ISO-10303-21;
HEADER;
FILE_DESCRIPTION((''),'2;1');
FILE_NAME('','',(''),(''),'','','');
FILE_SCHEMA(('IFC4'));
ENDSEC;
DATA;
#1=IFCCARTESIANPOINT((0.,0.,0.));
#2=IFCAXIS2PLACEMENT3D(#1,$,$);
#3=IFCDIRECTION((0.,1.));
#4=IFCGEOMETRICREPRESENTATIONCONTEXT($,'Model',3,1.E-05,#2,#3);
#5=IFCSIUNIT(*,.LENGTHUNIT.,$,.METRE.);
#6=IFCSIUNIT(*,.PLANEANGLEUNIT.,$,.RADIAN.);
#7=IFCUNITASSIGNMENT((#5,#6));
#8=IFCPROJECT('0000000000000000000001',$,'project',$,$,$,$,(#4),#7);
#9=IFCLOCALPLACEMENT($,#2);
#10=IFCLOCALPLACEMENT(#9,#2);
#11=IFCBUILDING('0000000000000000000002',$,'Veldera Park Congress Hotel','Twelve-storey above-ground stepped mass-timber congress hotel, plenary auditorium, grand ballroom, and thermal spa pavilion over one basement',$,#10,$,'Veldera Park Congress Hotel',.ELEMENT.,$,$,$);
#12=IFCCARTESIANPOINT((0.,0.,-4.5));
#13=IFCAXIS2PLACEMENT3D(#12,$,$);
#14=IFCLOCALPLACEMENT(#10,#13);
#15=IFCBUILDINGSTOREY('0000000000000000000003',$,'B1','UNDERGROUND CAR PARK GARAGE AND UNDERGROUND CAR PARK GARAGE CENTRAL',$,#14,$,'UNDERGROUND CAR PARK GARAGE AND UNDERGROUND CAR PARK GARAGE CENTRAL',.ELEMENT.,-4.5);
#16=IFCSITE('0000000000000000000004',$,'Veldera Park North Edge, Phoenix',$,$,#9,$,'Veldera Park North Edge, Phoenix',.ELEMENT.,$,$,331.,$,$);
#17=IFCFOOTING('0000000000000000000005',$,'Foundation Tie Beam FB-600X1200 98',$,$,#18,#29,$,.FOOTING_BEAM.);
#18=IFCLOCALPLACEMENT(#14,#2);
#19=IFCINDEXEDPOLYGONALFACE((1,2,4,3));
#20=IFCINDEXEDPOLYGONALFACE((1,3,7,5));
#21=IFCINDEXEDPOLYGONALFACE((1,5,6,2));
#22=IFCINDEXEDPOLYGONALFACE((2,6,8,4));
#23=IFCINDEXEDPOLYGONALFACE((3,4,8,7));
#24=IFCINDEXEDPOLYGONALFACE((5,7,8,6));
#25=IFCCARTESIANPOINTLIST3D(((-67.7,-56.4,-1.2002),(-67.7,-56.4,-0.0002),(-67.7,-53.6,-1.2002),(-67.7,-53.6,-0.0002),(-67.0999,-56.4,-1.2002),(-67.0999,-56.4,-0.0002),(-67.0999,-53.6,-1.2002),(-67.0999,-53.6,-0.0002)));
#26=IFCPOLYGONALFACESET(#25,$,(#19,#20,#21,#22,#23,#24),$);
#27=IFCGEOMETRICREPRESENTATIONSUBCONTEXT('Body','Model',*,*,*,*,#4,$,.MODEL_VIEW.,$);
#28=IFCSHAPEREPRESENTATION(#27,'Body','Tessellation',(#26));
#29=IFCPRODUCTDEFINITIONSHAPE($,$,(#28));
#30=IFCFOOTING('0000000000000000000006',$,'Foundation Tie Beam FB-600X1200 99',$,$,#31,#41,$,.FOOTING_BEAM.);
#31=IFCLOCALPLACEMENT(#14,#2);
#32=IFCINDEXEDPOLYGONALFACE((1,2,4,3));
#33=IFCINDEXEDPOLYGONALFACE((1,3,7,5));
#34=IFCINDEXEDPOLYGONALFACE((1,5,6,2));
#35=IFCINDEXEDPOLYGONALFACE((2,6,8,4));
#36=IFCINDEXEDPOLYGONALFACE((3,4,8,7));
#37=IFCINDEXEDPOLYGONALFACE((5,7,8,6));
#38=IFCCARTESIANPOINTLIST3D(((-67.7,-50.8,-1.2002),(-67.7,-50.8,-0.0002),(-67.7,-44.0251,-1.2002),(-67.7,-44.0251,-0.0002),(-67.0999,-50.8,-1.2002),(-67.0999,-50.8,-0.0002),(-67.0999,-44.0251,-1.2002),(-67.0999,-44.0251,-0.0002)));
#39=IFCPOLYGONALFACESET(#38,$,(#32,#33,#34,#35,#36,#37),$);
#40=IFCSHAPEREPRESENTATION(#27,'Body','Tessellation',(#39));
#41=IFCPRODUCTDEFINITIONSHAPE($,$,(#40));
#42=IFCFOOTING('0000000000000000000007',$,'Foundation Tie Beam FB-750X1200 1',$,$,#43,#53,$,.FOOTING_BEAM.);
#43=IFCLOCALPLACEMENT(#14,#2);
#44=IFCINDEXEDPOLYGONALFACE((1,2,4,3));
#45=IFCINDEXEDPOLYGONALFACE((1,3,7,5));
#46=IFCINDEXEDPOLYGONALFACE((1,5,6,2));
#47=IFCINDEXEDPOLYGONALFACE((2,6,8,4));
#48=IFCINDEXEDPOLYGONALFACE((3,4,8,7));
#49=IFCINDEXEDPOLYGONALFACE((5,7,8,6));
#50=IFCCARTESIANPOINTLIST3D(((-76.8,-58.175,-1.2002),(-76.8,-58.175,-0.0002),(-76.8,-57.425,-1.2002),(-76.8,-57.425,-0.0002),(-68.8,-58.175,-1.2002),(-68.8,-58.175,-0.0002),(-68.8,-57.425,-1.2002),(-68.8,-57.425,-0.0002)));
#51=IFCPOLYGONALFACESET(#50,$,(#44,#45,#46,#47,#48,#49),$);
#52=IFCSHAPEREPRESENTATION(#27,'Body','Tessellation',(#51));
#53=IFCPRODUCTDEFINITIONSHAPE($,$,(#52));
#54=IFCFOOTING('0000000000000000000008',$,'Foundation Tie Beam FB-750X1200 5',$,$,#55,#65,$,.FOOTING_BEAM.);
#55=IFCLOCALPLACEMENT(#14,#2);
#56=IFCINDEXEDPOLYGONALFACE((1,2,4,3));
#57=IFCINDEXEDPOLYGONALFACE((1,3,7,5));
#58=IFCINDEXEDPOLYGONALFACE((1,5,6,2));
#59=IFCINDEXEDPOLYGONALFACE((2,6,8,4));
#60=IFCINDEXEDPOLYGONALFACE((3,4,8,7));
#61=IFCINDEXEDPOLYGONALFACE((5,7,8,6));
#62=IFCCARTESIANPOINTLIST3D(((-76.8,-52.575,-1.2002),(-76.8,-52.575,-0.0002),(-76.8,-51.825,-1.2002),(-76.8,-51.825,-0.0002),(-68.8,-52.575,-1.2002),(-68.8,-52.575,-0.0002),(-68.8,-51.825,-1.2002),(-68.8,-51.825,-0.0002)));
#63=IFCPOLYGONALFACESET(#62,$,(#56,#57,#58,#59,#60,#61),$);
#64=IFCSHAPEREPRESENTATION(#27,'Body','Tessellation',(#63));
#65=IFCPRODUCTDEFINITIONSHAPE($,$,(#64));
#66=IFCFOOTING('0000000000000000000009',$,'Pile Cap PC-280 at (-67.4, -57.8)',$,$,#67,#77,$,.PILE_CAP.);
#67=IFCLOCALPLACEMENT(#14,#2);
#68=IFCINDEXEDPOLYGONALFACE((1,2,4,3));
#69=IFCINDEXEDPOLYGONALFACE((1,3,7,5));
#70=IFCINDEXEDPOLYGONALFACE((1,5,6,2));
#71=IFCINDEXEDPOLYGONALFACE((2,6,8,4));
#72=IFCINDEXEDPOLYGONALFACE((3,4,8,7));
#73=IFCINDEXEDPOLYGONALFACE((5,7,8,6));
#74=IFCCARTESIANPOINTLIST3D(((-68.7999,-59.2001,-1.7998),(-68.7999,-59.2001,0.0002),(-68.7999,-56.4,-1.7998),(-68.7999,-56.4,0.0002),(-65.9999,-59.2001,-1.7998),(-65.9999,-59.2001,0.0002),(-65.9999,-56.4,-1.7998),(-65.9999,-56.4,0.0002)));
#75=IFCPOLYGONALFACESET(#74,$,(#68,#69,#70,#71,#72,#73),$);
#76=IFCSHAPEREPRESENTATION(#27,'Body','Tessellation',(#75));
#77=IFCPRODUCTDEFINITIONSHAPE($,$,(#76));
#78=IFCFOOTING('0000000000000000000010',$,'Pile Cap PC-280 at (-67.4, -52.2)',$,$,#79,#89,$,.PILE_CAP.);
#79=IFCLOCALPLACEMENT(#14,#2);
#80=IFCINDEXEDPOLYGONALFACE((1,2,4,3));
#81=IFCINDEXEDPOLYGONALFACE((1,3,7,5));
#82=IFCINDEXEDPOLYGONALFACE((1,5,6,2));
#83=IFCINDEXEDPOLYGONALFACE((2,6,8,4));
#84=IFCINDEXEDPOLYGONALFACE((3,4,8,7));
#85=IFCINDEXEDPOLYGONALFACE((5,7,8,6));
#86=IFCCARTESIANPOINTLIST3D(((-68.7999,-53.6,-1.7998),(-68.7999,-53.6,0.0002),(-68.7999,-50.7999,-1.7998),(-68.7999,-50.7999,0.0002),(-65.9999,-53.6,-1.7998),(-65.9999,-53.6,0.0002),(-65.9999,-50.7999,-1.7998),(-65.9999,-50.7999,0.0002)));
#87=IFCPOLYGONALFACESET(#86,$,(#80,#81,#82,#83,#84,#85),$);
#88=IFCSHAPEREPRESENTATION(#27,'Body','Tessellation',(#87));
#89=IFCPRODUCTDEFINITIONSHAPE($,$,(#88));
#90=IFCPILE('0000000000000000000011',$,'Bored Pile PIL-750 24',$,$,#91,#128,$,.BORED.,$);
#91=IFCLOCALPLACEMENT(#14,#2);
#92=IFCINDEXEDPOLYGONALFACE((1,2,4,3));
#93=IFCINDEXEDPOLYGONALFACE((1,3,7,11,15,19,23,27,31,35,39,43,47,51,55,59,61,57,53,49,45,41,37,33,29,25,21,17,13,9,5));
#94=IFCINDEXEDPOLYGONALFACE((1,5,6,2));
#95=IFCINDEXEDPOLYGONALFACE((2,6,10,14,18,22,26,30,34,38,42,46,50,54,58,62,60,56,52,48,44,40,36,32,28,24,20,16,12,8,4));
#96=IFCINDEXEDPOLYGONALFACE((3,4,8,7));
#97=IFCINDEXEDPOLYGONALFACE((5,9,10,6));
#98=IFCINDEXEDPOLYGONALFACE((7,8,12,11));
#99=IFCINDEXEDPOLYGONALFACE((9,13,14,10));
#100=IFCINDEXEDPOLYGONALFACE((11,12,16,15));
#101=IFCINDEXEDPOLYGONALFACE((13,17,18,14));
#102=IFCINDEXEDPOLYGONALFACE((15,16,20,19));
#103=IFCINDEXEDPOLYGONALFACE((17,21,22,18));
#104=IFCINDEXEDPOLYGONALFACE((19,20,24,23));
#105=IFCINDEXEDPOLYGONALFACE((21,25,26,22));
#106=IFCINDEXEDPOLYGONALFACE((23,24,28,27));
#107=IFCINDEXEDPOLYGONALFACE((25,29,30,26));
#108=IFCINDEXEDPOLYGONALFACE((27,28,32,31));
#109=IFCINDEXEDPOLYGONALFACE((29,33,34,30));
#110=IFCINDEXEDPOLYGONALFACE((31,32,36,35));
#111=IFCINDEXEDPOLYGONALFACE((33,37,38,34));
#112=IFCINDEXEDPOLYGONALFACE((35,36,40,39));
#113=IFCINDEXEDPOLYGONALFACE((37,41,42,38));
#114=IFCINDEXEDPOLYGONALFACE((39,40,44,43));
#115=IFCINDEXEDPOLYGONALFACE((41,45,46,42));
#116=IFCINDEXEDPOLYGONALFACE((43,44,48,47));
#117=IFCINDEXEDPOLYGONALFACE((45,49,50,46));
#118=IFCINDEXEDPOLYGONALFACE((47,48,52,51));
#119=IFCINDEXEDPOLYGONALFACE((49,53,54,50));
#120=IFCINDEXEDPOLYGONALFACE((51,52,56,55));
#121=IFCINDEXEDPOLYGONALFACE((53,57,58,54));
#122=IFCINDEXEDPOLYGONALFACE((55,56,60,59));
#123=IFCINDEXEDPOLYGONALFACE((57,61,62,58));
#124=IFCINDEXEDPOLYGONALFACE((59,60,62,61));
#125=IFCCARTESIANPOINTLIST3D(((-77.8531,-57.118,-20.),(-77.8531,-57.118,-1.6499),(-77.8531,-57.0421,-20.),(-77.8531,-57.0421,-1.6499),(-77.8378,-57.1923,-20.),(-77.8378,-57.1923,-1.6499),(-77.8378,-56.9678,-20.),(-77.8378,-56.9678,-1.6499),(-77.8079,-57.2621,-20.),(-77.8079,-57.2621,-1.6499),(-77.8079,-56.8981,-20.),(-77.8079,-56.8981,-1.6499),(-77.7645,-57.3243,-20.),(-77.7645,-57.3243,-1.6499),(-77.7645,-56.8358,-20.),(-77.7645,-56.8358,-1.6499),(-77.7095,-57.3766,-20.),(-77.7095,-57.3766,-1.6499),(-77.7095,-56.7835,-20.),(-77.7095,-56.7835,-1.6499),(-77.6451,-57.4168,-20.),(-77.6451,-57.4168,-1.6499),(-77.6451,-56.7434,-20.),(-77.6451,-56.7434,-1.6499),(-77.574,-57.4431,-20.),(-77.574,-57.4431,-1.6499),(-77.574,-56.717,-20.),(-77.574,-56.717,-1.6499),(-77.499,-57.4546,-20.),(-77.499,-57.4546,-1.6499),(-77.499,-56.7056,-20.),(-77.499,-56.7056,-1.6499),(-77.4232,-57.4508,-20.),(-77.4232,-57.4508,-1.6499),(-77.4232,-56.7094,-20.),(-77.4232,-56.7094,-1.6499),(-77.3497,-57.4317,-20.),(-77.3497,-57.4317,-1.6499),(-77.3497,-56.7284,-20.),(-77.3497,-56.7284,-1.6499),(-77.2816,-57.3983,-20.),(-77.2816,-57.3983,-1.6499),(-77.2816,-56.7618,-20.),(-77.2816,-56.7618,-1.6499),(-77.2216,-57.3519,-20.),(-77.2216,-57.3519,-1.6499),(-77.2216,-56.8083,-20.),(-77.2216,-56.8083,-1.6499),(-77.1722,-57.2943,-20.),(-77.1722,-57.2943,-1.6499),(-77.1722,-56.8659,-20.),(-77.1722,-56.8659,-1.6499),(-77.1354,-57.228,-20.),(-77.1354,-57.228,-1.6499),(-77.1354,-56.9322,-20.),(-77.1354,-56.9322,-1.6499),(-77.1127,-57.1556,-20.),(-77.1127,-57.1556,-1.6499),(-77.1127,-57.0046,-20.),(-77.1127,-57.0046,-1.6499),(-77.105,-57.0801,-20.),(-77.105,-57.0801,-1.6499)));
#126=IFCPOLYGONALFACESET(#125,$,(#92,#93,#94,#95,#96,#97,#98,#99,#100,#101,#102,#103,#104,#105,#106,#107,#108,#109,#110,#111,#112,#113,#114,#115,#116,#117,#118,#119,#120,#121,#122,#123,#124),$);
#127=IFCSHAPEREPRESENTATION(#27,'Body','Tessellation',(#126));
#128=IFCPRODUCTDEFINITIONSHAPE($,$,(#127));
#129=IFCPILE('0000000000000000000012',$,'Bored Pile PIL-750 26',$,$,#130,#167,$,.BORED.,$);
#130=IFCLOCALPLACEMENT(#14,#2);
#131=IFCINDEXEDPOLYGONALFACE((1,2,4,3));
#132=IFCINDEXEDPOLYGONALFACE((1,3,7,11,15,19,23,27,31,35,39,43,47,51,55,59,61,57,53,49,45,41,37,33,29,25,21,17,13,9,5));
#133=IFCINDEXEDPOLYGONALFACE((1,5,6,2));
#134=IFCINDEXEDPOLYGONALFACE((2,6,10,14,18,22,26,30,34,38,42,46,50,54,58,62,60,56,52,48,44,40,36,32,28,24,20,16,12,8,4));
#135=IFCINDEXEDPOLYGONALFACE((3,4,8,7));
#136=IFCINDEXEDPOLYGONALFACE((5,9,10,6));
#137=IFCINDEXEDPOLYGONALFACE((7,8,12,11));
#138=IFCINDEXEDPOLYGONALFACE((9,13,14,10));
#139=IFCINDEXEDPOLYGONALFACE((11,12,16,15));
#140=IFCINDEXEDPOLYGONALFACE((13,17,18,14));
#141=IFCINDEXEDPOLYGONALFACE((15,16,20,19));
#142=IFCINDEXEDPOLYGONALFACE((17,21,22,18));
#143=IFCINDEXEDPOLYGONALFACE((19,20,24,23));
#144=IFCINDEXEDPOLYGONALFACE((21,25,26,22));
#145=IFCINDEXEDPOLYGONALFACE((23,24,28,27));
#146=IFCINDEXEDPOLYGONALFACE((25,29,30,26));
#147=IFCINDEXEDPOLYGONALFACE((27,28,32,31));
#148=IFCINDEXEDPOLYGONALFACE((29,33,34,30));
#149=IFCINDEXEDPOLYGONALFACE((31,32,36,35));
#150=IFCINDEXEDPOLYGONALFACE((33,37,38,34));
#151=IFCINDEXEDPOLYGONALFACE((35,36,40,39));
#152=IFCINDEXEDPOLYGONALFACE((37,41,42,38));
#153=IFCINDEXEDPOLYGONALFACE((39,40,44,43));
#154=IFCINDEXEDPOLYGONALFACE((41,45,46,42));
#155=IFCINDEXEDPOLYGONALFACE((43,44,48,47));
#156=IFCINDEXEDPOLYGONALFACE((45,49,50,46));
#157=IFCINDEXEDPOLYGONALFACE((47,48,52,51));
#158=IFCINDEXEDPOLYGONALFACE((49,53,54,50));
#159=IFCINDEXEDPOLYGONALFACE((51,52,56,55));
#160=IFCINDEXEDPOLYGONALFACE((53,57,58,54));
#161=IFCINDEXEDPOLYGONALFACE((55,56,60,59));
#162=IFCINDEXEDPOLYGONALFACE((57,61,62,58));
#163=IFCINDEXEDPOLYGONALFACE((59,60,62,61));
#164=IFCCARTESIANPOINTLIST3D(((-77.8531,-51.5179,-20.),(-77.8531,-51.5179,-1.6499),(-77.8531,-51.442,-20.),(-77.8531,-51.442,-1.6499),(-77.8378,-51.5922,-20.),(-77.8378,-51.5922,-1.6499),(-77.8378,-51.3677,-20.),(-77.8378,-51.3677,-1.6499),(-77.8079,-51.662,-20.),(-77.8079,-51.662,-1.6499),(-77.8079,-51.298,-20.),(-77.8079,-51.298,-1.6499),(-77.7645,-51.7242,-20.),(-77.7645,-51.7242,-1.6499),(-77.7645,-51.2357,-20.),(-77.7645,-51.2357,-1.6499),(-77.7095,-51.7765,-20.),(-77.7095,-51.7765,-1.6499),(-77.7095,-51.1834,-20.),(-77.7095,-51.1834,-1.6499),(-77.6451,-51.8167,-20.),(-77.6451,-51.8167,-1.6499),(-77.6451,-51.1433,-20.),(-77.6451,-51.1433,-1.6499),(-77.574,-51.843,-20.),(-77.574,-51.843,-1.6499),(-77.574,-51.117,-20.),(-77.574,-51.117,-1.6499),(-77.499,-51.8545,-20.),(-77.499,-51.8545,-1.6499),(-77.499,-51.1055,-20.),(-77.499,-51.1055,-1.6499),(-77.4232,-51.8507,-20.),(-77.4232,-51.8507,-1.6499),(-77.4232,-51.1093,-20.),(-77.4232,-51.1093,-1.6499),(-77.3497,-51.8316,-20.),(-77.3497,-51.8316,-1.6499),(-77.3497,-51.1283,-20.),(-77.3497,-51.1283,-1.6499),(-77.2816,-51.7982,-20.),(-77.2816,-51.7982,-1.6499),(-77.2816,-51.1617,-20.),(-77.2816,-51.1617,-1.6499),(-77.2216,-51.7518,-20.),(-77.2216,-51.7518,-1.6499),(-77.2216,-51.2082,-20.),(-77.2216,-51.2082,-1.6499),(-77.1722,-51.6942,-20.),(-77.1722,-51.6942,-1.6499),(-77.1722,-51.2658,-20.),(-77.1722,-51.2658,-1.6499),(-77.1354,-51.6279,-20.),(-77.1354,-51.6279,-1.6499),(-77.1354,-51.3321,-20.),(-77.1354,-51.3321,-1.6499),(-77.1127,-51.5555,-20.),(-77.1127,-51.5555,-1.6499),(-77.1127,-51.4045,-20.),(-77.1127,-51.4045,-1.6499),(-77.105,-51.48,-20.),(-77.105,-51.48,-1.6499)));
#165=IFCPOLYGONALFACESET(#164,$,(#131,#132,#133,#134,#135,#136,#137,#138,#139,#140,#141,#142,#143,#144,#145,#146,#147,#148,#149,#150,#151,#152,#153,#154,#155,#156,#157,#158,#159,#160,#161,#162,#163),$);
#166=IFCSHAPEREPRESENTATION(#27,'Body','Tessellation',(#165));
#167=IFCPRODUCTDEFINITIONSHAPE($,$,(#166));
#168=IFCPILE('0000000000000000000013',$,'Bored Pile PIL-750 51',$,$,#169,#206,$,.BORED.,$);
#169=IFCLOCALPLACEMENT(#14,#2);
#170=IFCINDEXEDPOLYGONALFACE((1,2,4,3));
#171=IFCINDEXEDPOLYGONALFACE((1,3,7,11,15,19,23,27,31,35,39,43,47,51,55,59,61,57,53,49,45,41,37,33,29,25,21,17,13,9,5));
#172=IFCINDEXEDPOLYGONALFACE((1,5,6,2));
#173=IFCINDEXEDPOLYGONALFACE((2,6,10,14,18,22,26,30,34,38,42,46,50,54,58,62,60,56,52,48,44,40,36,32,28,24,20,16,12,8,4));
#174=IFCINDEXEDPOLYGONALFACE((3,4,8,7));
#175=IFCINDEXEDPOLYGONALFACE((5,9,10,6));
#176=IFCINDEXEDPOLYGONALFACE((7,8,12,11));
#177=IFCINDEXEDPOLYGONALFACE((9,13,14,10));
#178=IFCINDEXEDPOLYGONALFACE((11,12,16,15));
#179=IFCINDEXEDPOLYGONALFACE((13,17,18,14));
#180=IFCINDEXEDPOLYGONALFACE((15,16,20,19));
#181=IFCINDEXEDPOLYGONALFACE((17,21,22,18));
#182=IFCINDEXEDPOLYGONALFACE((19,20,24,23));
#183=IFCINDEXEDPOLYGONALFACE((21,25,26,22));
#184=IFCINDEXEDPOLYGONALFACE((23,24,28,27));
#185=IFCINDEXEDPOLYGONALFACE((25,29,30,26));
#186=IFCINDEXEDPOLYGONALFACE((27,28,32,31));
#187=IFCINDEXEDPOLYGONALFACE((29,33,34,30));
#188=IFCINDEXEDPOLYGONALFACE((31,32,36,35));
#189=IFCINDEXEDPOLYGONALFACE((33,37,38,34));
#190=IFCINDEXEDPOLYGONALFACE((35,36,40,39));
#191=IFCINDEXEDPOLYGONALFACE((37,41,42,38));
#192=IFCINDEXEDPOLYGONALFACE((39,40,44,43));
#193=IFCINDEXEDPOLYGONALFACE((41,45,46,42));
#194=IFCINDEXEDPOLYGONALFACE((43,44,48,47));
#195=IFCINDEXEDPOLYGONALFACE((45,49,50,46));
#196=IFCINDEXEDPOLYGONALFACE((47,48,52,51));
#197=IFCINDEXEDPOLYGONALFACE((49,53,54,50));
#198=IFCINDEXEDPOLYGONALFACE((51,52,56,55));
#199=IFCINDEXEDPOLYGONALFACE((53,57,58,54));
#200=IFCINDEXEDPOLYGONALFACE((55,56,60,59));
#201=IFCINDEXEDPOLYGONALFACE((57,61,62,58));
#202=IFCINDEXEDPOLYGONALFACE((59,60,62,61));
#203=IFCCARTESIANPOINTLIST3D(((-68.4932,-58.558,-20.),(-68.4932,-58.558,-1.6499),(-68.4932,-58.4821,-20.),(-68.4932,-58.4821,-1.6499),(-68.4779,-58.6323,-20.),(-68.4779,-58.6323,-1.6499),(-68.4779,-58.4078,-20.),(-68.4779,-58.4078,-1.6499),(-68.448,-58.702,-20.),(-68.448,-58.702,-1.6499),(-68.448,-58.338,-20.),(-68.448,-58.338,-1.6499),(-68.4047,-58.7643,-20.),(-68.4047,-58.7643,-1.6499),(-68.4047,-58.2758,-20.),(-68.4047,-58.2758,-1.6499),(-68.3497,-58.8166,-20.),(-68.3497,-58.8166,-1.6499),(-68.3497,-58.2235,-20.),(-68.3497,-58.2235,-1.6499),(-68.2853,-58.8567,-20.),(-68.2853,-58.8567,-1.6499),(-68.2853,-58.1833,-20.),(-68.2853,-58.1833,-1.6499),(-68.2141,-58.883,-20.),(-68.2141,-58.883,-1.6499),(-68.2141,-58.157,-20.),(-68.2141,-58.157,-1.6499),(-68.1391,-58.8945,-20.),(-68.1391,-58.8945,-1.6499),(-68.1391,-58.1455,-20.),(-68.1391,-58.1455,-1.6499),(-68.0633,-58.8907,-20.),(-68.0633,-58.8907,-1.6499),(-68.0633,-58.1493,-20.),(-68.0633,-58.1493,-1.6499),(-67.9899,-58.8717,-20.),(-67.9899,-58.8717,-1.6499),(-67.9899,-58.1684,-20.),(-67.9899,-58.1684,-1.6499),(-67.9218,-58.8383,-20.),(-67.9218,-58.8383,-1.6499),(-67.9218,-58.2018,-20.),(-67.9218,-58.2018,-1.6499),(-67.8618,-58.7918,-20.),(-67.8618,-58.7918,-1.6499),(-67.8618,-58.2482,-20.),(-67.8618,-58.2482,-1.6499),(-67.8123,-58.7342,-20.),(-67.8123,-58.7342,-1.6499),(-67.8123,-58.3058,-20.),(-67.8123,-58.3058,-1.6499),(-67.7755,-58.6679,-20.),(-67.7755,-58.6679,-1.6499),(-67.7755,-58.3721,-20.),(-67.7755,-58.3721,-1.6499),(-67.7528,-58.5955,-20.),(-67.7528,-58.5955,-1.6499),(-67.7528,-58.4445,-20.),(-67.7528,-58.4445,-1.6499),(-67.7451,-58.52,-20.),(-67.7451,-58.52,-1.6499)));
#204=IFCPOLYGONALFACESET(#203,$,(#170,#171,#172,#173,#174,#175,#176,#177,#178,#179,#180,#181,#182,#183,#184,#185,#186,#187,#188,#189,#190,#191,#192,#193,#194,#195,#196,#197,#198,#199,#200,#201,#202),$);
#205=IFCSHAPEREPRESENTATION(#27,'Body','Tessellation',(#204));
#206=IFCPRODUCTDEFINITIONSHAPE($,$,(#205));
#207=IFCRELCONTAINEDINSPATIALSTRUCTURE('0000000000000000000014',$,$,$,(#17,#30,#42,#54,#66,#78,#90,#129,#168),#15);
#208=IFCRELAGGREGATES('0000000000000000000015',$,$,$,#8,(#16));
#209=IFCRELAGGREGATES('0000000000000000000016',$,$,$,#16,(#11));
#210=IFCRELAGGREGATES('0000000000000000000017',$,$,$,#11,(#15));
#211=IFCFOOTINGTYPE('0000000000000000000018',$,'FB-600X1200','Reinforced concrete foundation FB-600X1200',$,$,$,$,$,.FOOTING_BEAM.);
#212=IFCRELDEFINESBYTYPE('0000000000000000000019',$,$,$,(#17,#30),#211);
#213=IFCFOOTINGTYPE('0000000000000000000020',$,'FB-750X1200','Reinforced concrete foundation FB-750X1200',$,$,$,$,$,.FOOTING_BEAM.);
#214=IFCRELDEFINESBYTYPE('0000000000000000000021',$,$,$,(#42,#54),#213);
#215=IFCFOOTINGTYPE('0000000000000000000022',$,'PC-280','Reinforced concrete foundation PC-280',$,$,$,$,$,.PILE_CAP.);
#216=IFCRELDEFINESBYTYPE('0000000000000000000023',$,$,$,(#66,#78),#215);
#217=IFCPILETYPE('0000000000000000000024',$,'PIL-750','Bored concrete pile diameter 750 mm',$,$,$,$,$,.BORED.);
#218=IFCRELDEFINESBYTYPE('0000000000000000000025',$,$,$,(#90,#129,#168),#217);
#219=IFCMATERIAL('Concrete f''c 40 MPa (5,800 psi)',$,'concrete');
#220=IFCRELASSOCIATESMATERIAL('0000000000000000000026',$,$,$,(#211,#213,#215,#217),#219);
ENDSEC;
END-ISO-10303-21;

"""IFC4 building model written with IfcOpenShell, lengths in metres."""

from ifc_helpers import new_model, si_unit, direction, frame, origin, origin_2d, place, context, subcontext, project, spatial, rectangle, circle, extrude, material, material_profile, profile_set, type_object, element, save


model = new_model("IFC4")

# Units and contexts
model_context = context("Model", 3, precision=1e-05, world=origin(), true_north=direction((0.0, 1.0)))
body_context = subcontext(model_context, "Body", "Model", "MODEL_VIEW")
ifc_project = project(units=[si_unit("LENGTHUNIT", "METRE"), si_unit("PLANEANGLEUNIT", "RADIAN")], contexts=[model_context])

# Site, building, storey
site_placement = place(None, origin())
site = spatial("IfcSite", under=ifc_project, at=site_placement, Name="Veldera Park North Edge, Phoenix", LongName="Veldera Park North Edge, Phoenix", CompositionType="ELEMENT", RefElevation=331.0)
building_placement = place(site_placement, origin())
building = spatial("IfcBuilding", under=site, at=building_placement, Name="Veldera Park Congress Hotel", Description="Twelve-storey above-ground stepped mass-timber congress hotel, plenary auditorium, grand ballroom, and thermal spa pavilion over one basement", LongName="Veldera Park Congress Hotel", CompositionType="ELEMENT")
storey_placement = place(building_placement, frame((0.0, 0.0, -4.5)))
storey = spatial("IfcBuildingStorey", under=building, at=storey_placement, Name="B1", Description="UNDERGROUND CAR PARK GARAGE AND UNDERGROUND CAR PARK GARAGE CENTRAL", LongName="UNDERGROUND CAR PARK GARAGE AND UNDERGROUND CAR PARK GARAGE CENTRAL", CompositionType="ELEMENT", Elevation=-4.5)

# Footings
ifc_material_1 = material(Name="Concrete f'c 40 MPa (5,800 psi)", Category="concrete")
footing_type_1 = type_object("IfcFootingType", Name="FB-600X1200", Description="Reinforced concrete foundation FB-600X1200", PredefinedType="FOOTING_BEAM", material=ifc_material_1)
footing_1_placement = place(storey_placement, frame((-67.3999, -55.0, -1.2002), z_axis=(0.0, 0.0, 1.0), x_axis=(0.0, 1.0, 0.0)))
element("IfcFooting", 1, at=footing_1_placement, inside=storey, type_object=footing_type_1, Name="Foundation Tie Beam FB-600X1200 98", PredefinedType="FOOTING_BEAM", context=body_context, shape_type="SweptSolid", body=[
    extrude(rectangle(XDim=2.8, YDim=0.6001, at=origin_2d()), origin(), (0.0, 0.0, 1.0), 1.2),
])
footing_2_placement = place(storey_placement, frame((-67.3999, -47.4126, -1.2002), z_axis=(0.0, 0.0, 1.0), x_axis=(0.0, 1.0, 0.0)))
element("IfcFooting", 2, at=footing_2_placement, inside=storey, type_object=footing_type_1, Name="Foundation Tie Beam FB-600X1200 99", PredefinedType="FOOTING_BEAM", context=body_context, shape_type="SweptSolid", body=[
    extrude(rectangle(XDim=6.7749, YDim=0.6001, at=origin_2d()), origin(), (0.0, 0.0, 1.0), 1.2),
])
footing_type_2 = type_object("IfcFootingType", Name="FB-750X1200", Description="Reinforced concrete foundation FB-750X1200", PredefinedType="FOOTING_BEAM", material=ifc_material_1)
for number, where, z_axis, x_axis, name in (
    (3, (-72.8, -57.8, -1.2002), (0.0, 0.0, 1.0), (1.0, 0.0, 0.0), "Foundation Tie Beam FB-750X1200 1"),
    (4, (-72.8, -52.2, -1.2002), (0.0, 0.0, 1.0), (1.0, 0.0, 0.0), "Foundation Tie Beam FB-750X1200 5"),
):
    element("IfcFooting", number, at=place(storey_placement, frame(where, z_axis=z_axis, x_axis=x_axis)), inside=storey, type_object=footing_type_2, Name=name, PredefinedType="FOOTING_BEAM", context=body_context, shape_type="SweptSolid", body=[
        extrude(rectangle(XDim=8.0, YDim=0.75, at=origin_2d()), origin(), (0.0, 0.0, 1.0), 1.2),
    ])
footing_type_3 = type_object("IfcFootingType", Name="PC-280", Description="Reinforced concrete foundation PC-280", PredefinedType="PILE_CAP", material=ifc_material_1)
for number, where, z_axis, x_axis, name in (
    (5, (-67.3999, -57.8, -1.7998), (0.0, 0.0, 1.0), (1.0, 0.0, 0.0), "Pile Cap PC-280 at (-67.4, -57.8)"),
    (6, (-67.3999, -52.2, -1.7998), (0.0, 0.0, 1.0), (1.0, 0.0, 0.0), "Pile Cap PC-280 at (-67.4, -52.2)"),
):
    element("IfcFooting", number, at=place(storey_placement, frame(where, z_axis=z_axis, x_axis=x_axis)), inside=storey, type_object=footing_type_3, Name=name, PredefinedType="PILE_CAP", context=body_context, shape_type="SweptSolid", body=[
        extrude(rectangle(XDim=2.8, YDim=2.8, at=origin_2d()), origin(), (0.0, 0.0, 1.0), 1.8),
    ])

# Piles
ifc_material_profile_1 = material_profile(ifc_material_1, circle(Radius=0.375, at=origin_2d()), Name="PILE D750")
ifc_profile_set_1 = profile_set([ifc_material_profile_1], Name="Concrete f'c 40 MPa (5,800 psi)")
pile_type = type_object("IfcPileType", Name="PIL-750", Description="Bored concrete pile diameter 750 mm", PredefinedType="BORED", material=ifc_profile_set_1)
for number, where, z_axis, x_axis, name in (
    (7, (-77.48, -57.0801, -1.6499), (0.0, 0.0, -1.0), (1.0, 0.0, 0.0), "Bored Pile PIL-750 24"),
    (8, (-77.48, -51.48, -1.6499), (0.0, 0.0, -1.0), (1.0, 0.0, 0.0), "Bored Pile PIL-750 26"),
    (9, (-68.1201, -58.52, -1.6499), (0.0, 0.0, -1.0), (1.0, 0.0, 0.0), "Bored Pile PIL-750 51"),
):
    element("IfcPile", number, at=place(storey_placement, frame(where, z_axis=z_axis, x_axis=x_axis)), inside=storey, type_object=pile_type, Name=name, PredefinedType="BORED", context=body_context, shape_type="SweptSolid", body=[
        extrude(circle(Radius=0.375, at=origin_2d()), origin(), (0.0, 0.0, 1.0), 18.3501),
    ])

save(model, "model.ifc")
